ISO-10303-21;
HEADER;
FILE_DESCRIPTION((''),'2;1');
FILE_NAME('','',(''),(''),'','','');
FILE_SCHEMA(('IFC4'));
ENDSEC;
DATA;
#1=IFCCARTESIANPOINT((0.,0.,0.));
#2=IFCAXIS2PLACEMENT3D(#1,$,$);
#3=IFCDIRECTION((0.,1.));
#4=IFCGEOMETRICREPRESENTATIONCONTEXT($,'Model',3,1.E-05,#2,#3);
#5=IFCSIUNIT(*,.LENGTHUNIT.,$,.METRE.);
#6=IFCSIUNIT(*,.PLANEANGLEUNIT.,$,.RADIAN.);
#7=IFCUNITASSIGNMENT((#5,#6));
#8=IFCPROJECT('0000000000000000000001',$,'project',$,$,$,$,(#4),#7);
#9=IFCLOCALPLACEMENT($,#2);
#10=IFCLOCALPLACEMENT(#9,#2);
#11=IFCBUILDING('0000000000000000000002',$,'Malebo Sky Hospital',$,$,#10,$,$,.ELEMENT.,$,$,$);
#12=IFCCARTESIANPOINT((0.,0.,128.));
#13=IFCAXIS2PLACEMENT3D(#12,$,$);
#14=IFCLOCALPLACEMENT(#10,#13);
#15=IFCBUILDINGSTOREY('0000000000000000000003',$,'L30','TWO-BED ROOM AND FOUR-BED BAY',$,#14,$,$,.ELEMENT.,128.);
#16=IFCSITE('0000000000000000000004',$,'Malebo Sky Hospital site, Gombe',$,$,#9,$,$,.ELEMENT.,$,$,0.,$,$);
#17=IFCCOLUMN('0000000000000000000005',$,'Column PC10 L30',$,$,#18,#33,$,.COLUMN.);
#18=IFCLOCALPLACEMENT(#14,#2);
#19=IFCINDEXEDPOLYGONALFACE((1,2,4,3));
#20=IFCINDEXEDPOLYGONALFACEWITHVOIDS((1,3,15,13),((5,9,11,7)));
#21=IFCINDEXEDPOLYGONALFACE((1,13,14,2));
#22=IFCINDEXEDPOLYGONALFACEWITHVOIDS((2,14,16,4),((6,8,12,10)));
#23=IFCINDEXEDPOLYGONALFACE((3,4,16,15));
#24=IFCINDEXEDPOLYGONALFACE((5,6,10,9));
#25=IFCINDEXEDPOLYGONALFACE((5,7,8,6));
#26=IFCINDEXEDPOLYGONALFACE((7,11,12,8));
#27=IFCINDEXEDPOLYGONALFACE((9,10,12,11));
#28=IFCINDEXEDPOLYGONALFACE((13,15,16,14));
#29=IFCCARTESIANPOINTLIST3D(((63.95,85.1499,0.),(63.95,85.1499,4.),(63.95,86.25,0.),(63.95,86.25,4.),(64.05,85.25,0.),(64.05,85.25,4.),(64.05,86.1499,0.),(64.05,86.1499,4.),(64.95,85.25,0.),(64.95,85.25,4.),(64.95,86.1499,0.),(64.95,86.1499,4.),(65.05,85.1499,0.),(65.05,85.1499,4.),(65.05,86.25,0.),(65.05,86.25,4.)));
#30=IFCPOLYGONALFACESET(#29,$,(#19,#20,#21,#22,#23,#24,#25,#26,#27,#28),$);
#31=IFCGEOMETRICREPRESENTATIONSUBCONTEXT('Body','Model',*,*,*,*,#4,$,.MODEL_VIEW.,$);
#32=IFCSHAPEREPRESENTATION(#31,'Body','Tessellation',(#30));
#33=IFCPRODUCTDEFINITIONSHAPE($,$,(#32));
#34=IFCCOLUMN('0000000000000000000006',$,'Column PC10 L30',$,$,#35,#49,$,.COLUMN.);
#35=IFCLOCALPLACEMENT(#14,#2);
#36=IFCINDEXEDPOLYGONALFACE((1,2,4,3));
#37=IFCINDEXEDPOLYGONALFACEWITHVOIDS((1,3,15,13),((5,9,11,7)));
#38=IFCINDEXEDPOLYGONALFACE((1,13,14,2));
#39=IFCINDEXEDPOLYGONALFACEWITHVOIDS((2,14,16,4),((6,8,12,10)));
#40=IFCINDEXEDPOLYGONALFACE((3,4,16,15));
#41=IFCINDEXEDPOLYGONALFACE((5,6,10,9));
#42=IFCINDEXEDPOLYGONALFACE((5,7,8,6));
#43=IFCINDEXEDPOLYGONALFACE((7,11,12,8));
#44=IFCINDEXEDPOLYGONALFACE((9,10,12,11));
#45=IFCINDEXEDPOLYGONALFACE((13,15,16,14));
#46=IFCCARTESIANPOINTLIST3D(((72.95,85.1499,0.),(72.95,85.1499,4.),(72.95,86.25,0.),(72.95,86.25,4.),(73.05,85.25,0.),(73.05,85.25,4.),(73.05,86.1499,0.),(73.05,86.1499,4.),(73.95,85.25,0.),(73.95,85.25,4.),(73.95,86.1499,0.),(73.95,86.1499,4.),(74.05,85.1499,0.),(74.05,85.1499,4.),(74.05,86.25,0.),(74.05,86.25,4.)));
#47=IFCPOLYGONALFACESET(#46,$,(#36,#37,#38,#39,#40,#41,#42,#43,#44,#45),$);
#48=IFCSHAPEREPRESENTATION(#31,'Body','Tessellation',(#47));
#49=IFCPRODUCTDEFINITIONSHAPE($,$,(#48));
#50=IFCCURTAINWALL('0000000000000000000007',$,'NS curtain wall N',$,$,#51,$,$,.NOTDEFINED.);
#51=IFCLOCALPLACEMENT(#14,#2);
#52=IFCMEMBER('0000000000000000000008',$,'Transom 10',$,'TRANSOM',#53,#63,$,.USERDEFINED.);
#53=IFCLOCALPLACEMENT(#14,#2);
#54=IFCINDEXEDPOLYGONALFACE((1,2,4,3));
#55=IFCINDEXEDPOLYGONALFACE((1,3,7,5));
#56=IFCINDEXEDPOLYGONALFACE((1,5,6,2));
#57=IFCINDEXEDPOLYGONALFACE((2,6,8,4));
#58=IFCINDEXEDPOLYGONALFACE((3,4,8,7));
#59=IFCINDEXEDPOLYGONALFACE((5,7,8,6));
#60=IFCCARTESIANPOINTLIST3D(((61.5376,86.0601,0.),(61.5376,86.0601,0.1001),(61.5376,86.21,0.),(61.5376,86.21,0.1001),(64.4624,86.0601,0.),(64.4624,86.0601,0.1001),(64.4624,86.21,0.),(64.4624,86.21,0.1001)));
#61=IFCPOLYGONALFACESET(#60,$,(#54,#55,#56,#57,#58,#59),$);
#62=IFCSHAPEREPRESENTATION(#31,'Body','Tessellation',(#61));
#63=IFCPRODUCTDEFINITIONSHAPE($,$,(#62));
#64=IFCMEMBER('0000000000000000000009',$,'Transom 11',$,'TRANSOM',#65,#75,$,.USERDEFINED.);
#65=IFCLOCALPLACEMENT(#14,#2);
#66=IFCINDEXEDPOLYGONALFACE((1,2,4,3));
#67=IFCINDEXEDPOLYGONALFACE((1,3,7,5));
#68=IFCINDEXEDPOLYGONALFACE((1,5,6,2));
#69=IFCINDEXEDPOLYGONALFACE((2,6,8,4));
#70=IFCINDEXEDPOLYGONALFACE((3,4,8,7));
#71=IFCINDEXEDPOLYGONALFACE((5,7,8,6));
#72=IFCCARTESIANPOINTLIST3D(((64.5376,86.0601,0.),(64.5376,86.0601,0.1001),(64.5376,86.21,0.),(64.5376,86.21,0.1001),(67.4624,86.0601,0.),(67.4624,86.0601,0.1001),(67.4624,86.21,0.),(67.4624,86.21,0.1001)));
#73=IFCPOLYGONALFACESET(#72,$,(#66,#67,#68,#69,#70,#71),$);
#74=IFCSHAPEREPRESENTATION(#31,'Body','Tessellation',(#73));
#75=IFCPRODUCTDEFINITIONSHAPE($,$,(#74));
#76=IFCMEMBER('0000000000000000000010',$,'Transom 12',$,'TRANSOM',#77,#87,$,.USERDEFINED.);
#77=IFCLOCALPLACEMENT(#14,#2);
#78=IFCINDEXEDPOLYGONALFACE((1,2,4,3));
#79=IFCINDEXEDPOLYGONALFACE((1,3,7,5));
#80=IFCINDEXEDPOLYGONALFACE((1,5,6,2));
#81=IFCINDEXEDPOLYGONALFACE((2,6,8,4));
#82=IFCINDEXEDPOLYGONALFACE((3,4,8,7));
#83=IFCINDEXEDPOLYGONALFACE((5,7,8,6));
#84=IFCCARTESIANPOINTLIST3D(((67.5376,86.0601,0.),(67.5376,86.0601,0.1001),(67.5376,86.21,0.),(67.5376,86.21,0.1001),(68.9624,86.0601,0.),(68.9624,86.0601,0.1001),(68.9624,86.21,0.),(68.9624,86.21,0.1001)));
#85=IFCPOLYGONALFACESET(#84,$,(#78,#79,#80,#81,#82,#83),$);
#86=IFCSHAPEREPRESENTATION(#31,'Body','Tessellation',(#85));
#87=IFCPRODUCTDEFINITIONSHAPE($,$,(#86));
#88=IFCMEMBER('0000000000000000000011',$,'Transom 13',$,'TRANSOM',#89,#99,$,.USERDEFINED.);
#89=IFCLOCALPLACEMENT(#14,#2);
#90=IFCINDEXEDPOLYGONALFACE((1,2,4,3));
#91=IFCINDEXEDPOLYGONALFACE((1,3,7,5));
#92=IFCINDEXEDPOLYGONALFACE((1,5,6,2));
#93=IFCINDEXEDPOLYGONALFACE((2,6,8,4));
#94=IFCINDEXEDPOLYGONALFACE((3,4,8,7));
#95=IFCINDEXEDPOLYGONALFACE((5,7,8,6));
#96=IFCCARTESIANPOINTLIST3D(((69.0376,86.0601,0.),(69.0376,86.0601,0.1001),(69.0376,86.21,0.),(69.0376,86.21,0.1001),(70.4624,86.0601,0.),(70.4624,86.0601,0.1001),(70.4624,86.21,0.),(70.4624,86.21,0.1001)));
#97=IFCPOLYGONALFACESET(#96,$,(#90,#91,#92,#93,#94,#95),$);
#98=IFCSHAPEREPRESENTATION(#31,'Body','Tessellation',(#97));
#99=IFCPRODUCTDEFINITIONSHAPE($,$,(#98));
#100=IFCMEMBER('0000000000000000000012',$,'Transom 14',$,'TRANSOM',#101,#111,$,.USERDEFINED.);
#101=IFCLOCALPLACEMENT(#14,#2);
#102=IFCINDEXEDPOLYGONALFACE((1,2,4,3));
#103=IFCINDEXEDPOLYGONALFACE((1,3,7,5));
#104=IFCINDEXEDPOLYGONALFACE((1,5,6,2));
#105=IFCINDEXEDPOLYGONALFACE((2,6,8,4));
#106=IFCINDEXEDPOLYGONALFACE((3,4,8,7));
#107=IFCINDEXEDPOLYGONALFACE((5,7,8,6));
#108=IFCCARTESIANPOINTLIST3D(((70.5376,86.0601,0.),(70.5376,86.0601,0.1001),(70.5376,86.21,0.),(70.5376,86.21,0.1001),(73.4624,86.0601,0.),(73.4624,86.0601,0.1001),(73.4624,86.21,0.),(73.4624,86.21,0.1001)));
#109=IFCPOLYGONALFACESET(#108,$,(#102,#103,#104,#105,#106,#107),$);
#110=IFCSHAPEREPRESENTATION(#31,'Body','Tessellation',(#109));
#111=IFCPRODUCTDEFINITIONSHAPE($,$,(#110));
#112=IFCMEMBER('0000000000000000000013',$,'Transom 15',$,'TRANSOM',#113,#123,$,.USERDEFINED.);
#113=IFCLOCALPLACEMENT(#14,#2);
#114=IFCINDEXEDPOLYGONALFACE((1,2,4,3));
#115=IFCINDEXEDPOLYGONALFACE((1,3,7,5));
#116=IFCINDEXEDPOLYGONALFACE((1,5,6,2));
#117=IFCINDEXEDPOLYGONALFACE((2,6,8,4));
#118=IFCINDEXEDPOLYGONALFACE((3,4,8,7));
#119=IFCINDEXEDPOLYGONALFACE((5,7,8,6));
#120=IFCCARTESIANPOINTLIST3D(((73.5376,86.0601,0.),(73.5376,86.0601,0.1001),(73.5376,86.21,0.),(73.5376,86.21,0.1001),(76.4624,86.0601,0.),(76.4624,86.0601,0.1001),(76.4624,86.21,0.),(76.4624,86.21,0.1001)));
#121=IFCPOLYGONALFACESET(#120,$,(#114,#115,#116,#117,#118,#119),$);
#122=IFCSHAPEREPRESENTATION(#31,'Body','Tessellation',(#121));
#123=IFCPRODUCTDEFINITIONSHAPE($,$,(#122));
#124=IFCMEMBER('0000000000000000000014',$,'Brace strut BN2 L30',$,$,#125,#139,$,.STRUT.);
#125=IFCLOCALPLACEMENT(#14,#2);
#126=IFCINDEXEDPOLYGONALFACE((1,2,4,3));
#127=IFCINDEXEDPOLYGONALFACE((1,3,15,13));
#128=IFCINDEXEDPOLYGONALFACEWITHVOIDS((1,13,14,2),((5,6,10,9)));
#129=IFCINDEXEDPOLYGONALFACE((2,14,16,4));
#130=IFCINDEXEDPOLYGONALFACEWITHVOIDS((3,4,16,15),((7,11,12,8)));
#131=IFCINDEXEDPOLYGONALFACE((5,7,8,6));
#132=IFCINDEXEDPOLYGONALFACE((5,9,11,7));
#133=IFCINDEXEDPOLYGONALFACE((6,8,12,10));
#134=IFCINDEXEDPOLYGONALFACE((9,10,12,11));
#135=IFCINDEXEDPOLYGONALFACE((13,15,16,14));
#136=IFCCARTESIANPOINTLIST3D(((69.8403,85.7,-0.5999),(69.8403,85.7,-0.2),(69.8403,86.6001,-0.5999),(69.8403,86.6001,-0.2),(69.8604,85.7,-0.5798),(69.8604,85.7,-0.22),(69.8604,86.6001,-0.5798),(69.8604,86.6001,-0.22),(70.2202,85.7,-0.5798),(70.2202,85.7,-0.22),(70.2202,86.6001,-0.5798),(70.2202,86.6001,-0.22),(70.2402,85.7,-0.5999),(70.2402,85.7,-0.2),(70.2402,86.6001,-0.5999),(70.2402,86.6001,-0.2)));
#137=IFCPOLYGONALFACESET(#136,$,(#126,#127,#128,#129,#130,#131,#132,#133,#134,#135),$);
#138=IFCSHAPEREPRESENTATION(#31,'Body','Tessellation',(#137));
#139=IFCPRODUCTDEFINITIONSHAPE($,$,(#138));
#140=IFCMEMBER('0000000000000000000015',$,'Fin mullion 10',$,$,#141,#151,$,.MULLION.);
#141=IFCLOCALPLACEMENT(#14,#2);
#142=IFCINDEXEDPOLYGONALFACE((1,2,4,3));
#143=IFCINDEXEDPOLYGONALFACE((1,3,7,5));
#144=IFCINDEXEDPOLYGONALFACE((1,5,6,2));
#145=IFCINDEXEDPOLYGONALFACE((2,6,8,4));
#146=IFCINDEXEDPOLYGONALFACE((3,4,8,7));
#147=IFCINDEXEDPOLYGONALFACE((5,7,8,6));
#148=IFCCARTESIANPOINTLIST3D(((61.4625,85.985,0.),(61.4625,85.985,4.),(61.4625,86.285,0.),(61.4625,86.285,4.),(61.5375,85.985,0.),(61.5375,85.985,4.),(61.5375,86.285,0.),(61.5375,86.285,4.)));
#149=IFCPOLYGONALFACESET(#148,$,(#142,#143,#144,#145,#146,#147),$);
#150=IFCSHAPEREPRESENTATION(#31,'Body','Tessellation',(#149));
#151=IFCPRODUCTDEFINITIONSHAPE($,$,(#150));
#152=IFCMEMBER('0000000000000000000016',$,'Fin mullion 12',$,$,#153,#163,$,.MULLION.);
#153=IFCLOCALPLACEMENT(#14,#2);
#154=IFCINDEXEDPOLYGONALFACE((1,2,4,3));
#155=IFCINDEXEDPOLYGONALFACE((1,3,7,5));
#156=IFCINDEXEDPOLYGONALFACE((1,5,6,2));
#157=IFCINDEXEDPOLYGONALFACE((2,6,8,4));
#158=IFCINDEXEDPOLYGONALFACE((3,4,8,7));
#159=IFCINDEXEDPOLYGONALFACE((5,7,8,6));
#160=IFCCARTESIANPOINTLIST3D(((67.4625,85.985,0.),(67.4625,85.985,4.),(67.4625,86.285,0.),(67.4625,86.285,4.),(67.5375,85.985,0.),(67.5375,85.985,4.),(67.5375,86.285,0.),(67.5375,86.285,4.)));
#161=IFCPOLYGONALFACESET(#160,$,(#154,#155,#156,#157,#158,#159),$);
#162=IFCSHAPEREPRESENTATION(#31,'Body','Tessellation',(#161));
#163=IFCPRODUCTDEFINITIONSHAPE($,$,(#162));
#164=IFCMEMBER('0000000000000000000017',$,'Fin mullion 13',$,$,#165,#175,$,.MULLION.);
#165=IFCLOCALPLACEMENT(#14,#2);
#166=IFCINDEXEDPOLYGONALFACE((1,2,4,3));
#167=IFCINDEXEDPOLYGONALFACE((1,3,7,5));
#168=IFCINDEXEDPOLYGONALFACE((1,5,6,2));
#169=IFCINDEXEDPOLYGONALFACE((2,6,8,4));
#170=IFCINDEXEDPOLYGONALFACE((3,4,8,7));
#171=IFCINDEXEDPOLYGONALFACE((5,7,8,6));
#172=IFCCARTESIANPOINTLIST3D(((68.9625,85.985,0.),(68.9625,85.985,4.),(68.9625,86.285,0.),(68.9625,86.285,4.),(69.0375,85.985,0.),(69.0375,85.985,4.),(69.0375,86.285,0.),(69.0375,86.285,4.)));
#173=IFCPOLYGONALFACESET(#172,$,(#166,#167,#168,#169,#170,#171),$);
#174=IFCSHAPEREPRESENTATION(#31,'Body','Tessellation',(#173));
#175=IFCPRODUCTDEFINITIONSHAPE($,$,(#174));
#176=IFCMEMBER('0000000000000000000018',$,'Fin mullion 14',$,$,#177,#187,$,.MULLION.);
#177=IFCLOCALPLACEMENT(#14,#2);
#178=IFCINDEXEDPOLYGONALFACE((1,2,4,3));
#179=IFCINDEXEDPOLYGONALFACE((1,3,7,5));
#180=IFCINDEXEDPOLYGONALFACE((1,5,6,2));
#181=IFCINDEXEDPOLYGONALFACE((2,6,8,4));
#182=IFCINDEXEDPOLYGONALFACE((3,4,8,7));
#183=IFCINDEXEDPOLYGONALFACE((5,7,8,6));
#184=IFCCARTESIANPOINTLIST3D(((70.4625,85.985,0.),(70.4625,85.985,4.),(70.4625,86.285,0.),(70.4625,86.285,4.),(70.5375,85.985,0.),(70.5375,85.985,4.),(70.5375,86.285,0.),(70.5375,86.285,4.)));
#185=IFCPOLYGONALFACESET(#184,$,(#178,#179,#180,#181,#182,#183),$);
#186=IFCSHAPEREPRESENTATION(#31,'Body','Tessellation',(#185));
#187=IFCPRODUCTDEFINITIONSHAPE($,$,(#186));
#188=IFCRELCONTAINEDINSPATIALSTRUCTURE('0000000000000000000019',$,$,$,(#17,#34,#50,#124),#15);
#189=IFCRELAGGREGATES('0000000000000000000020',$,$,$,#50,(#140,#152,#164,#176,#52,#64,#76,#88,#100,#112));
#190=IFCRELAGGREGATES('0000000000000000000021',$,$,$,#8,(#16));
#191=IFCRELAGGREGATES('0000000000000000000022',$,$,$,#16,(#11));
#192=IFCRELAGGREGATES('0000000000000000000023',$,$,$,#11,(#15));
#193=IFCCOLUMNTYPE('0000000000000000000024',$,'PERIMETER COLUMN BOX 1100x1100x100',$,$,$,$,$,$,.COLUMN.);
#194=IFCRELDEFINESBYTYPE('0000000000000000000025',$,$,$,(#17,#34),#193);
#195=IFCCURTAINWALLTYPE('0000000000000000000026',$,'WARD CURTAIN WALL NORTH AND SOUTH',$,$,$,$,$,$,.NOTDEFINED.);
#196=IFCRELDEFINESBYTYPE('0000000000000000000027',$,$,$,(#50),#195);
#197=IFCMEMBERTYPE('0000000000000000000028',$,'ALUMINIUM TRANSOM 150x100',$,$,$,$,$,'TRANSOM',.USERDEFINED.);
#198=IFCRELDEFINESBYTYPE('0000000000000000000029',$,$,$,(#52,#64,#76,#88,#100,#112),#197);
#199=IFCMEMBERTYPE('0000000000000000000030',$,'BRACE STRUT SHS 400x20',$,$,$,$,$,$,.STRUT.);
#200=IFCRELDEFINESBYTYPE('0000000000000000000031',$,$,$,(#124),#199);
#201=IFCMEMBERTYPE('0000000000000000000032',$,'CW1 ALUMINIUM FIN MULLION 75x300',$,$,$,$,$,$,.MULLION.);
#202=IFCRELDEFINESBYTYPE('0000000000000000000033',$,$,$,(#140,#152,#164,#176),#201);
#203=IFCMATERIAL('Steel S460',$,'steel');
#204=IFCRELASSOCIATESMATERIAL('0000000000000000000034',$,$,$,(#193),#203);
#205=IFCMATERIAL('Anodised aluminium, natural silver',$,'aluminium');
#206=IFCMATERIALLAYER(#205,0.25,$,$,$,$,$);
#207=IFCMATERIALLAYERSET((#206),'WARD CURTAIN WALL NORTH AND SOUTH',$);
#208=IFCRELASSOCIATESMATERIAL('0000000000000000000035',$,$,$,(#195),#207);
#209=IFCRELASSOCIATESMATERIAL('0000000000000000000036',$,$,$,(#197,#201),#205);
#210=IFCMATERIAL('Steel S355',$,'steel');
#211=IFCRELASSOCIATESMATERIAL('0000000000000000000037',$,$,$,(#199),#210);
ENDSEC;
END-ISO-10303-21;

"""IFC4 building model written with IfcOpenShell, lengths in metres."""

from ifc_helpers import new_model, si_unit, direction, frame, origin, origin_2d, place, context, subcontext, project, spatial, rectangle, hollow_rectangle, extrude, material, layer, layer_set, material_profile, profile_set, type_object, element, aggregate, save


model = new_model("IFC4")

# Units and contexts
model_context = context("Model", 3, precision=1e-05, world=origin(), true_north=direction((0.0, 1.0)))
body_context = subcontext(model_context, "Body", "Model", "MODEL_VIEW")
ifc_project = project(units=[si_unit("LENGTHUNIT", "METRE"), si_unit("PLANEANGLEUNIT", "RADIAN")], contexts=[model_context])

# Site, building, storey
site_placement = place(None, origin())
site = spatial("IfcSite", under=ifc_project, at=site_placement, Name="Malebo Sky Hospital site, Gombe", CompositionType="ELEMENT", RefElevation=0.0)
building_placement = place(site_placement, origin())
building = spatial("IfcBuilding", under=site, at=building_placement, Name="Malebo Sky Hospital", CompositionType="ELEMENT")
storey_placement = place(building_placement, frame((0.0, 0.0, 128.0)))
storey = spatial("IfcBuildingStorey", under=building, at=storey_placement, Name="L30", Description="TWO-BED ROOM AND FOUR-BED BAY", CompositionType="ELEMENT", Elevation=128.0)

# Columns
ifc_material_1 = material(Name="Steel S460", Category="steel")
ifc_material_profile_1 = material_profile(ifc_material_1, hollow_rectangle(XDim=1.1001, YDim=1.1001, WallThickness=0.1001, at=origin_2d()), Name="BOX 1100x1100x100")
ifc_profile_set_1 = profile_set([ifc_material_profile_1], Name="Steel S460")
column_type = type_object("IfcColumnType", Name="PERIMETER COLUMN BOX 1100x1100x100", PredefinedType="COLUMN", material=ifc_profile_set_1)
for number, where, z_axis, x_axis, name in (
    (1, (64.5, 85.7, 0.0), (0.0, 0.0, 1.0), (1.0, 0.0, 0.0), "Column PC10 L30"),
    (2, (73.5, 85.7, 0.0), (0.0, 0.0, 1.0), (1.0, 0.0, 0.0), "Column PC10 L30"),
):
    element("IfcColumn", number, at=place(storey_placement, frame(where, z_axis=z_axis, x_axis=x_axis)), inside=storey, type_object=column_type, Name=name, PredefinedType="COLUMN", context=body_context, shape_type="SweptSolid", body=[
        extrude(hollow_rectangle(XDim=1.1001, YDim=1.1001, WallThickness=0.1001, at=origin_2d()), origin(), (0.0, 0.0, 1.0), 4.0),
    ])

# Curtain wall, members
ifc_material_2 = material(Name="Anodised aluminium, natural silver", Category="aluminium")
ifc_layer_1 = layer(ifc_material_2, 0.25)
ifc_layer_set_1 = layer_set([ifc_layer_1], Name="WARD CURTAIN WALL NORTH AND SOUTH")
curtain_wall_type = type_object("IfcCurtainWallType", Name="WARD CURTAIN WALL NORTH AND SOUTH", PredefinedType="NOTDEFINED", material=ifc_layer_set_1)
curtain_wall_placement = place(storey_placement, origin())
curtain_wall = element("IfcCurtainWall", 3, at=curtain_wall_placement, inside=storey, type_object=curtain_wall_type, Name="NS curtain wall N", PredefinedType="NOTDEFINED")
ifc_material_profile_2 = material_profile(ifc_material_2, rectangle(XDim=0.1499, YDim=0.1001, at=origin_2d()), Name="ALUMINIUM TRANSOM 150x100")
ifc_profile_set_2 = profile_set([ifc_material_profile_2], Name="Anodised aluminium, natural silver")
member_type_1 = type_object("IfcMemberType", Name="ALUMINIUM TRANSOM 150x100", ElementType="TRANSOM", PredefinedType="USERDEFINED", material=ifc_profile_set_2)
member_1_placement = place(storey_placement, frame((61.5376, 86.135, 0.05), z_axis=(1.0, 0.0, 0.0), x_axis=(0.0, 1.0, 0.0)))
member_1 = element("IfcMember", 4, at=member_1_placement, type_object=member_type_1, Name="Transom 10", ObjectType="TRANSOM", PredefinedType="USERDEFINED", context=body_context, shape_type="SweptSolid", body=[
    extrude(rectangle(XDim=0.1499, YDim=0.1001, at=origin_2d()), origin(), (0.0, 0.0, 1.0), 2.9248),
])
member_2_placement = place(storey_placement, frame((64.5376, 86.135, 0.05), z_axis=(1.0, 0.0, 0.0), x_axis=(0.0, 1.0, 0.0)))
member_2 = element("IfcMember", 5, at=member_2_placement, type_object=member_type_1, Name="Transom 11", ObjectType="TRANSOM", PredefinedType="USERDEFINED", context=body_context, shape_type="SweptSolid", body=[
    extrude(rectangle(XDim=0.1499, YDim=0.1001, at=origin_2d()), origin(), (0.0, 0.0, 1.0), 2.9248),
])
member_3_placement = place(storey_placement, frame((67.5376, 86.135, 0.05), z_axis=(1.0, 0.0, 0.0), x_axis=(0.0, 1.0, 0.0)))
member_3 = element("IfcMember", 6, at=member_3_placement, type_object=member_type_1, Name="Transom 12", ObjectType="TRANSOM", PredefinedType="USERDEFINED", context=body_context, shape_type="SweptSolid", body=[
    extrude(rectangle(XDim=0.1499, YDim=0.1001, at=origin_2d()), origin(), (0.0, 0.0, 1.0), 1.4248),
])
member_4_placement = place(storey_placement, frame((69.0376, 86.135, 0.05), z_axis=(1.0, 0.0, 0.0), x_axis=(0.0, 1.0, 0.0)))
member_4 = element("IfcMember", 7, at=member_4_placement, type_object=member_type_1, Name="Transom 13", ObjectType="TRANSOM", PredefinedType="USERDEFINED", context=body_context, shape_type="SweptSolid", body=[
    extrude(rectangle(XDim=0.1499, YDim=0.1001, at=origin_2d()), origin(), (0.0, 0.0, 1.0), 1.4248),
])
member_5_placement = place(storey_placement, frame((70.5376, 86.135, 0.05), z_axis=(1.0, 0.0, 0.0), x_axis=(0.0, 1.0, 0.0)))
member_5 = element("IfcMember", 8, at=member_5_placement, type_object=member_type_1, Name="Transom 14", ObjectType="TRANSOM", PredefinedType="USERDEFINED", context=body_context, shape_type="SweptSolid", body=[
    extrude(rectangle(XDim=0.1499, YDim=0.1001, at=origin_2d()), origin(), (0.0, 0.0, 1.0), 2.9248),
])
member_6_placement = place(storey_placement, frame((73.5376, 86.135, 0.05), z_axis=(1.0, 0.0, 0.0), x_axis=(0.0, 1.0, 0.0)))
member_6 = element("IfcMember", 9, at=member_6_placement, type_object=member_type_1, Name="Transom 15", ObjectType="TRANSOM", PredefinedType="USERDEFINED", context=body_context, shape_type="SweptSolid", body=[
    extrude(rectangle(XDim=0.1499, YDim=0.1001, at=origin_2d()), origin(), (0.0, 0.0, 1.0), 2.9248),
])

# Members
ifc_material_3 = material(Name="Steel S355", Category="steel")
ifc_material_profile_3 = material_profile(ifc_material_3, hollow_rectangle(XDim=0.3999, YDim=0.3999, WallThickness=0.02, at=origin_2d()), Name="SHS 400x20")
ifc_profile_set_3 = profile_set([ifc_material_profile_3], Name="Steel S355")
member_type_2 = type_object("IfcMemberType", Name="BRACE STRUT SHS 400x20", PredefinedType="STRUT", material=ifc_profile_set_3)
member_7_placement = place(storey_placement, frame((70.0403, 86.6001, -0.3999), z_axis=(0.0, -1.0, 0.0), x_axis=(1.0, 0.0, 0.0)))
element("IfcMember", 10, at=member_7_placement, inside=storey, type_object=member_type_2, Name="Brace strut BN2 L30", PredefinedType="STRUT", context=body_context, shape_type="SweptSolid", body=[
    extrude(hollow_rectangle(XDim=0.3999, YDim=0.3999, WallThickness=0.02, at=origin_2d()), origin(), (0.0, 0.0, 1.0), 0.9001),
])
ifc_material_profile_4 = material_profile(ifc_material_2, rectangle(XDim=0.075, YDim=0.3, at=origin_2d()), Name="CW1 ALUMINIUM FIN MULLION 75x300")
ifc_profile_set_4 = profile_set([ifc_material_profile_4], Name="Anodised aluminium, natural silver")
member_type_3 = type_object("IfcMemberType", Name="CW1 ALUMINIUM FIN MULLION 75x300", PredefinedType="MULLION", material=ifc_profile_set_4)
member_8_placement = place(storey_placement, frame((61.5, 86.135, 0.0), z_axis=(0.0, 0.0, 1.0), x_axis=(1.0, 0.0, 0.0)))
member_8 = element("IfcMember", 11, at=member_8_placement, type_object=member_type_3, Name="Fin mullion 10", PredefinedType="MULLION", context=body_context, shape_type="SweptSolid", body=[
    extrude(rectangle(XDim=0.075, YDim=0.3, at=origin_2d()), origin(), (0.0, 0.0, 1.0), 4.0),
])
member_9_placement = place(storey_placement, frame((67.5, 86.135, 0.0), z_axis=(0.0, 0.0, 1.0), x_axis=(1.0, 0.0, 0.0)))
member_9 = element("IfcMember", 12, at=member_9_placement, type_object=member_type_3, Name="Fin mullion 12", PredefinedType="MULLION", context=body_context, shape_type="SweptSolid", body=[
    extrude(rectangle(XDim=0.075, YDim=0.3, at=origin_2d()), origin(), (0.0, 0.0, 1.0), 4.0),
])
member_10_placement = place(storey_placement, frame((69.0, 86.135, 0.0), z_axis=(0.0, 0.0, 1.0), x_axis=(1.0, 0.0, 0.0)))
member_10 = element("IfcMember", 13, at=member_10_placement, type_object=member_type_3, Name="Fin mullion 13", PredefinedType="MULLION", context=body_context, shape_type="SweptSolid", body=[
    extrude(rectangle(XDim=0.075, YDim=0.3, at=origin_2d()), origin(), (0.0, 0.0, 1.0), 4.0),
])
member_11_placement = place(storey_placement, frame((70.5, 86.135, 0.0), z_axis=(0.0, 0.0, 1.0), x_axis=(1.0, 0.0, 0.0)))
member_11 = element("IfcMember", 14, at=member_11_placement, type_object=member_type_3, Name="Fin mullion 14", PredefinedType="MULLION", context=body_context, shape_type="SweptSolid", body=[
    extrude(rectangle(XDim=0.075, YDim=0.3, at=origin_2d()), origin(), (0.0, 0.0, 1.0), 4.0),
])

aggregate(curtain_wall, [member_8, member_9, member_10, member_11, member_1, member_2, member_3, member_4, member_5, member_6])

save(model, "model.ifc")
